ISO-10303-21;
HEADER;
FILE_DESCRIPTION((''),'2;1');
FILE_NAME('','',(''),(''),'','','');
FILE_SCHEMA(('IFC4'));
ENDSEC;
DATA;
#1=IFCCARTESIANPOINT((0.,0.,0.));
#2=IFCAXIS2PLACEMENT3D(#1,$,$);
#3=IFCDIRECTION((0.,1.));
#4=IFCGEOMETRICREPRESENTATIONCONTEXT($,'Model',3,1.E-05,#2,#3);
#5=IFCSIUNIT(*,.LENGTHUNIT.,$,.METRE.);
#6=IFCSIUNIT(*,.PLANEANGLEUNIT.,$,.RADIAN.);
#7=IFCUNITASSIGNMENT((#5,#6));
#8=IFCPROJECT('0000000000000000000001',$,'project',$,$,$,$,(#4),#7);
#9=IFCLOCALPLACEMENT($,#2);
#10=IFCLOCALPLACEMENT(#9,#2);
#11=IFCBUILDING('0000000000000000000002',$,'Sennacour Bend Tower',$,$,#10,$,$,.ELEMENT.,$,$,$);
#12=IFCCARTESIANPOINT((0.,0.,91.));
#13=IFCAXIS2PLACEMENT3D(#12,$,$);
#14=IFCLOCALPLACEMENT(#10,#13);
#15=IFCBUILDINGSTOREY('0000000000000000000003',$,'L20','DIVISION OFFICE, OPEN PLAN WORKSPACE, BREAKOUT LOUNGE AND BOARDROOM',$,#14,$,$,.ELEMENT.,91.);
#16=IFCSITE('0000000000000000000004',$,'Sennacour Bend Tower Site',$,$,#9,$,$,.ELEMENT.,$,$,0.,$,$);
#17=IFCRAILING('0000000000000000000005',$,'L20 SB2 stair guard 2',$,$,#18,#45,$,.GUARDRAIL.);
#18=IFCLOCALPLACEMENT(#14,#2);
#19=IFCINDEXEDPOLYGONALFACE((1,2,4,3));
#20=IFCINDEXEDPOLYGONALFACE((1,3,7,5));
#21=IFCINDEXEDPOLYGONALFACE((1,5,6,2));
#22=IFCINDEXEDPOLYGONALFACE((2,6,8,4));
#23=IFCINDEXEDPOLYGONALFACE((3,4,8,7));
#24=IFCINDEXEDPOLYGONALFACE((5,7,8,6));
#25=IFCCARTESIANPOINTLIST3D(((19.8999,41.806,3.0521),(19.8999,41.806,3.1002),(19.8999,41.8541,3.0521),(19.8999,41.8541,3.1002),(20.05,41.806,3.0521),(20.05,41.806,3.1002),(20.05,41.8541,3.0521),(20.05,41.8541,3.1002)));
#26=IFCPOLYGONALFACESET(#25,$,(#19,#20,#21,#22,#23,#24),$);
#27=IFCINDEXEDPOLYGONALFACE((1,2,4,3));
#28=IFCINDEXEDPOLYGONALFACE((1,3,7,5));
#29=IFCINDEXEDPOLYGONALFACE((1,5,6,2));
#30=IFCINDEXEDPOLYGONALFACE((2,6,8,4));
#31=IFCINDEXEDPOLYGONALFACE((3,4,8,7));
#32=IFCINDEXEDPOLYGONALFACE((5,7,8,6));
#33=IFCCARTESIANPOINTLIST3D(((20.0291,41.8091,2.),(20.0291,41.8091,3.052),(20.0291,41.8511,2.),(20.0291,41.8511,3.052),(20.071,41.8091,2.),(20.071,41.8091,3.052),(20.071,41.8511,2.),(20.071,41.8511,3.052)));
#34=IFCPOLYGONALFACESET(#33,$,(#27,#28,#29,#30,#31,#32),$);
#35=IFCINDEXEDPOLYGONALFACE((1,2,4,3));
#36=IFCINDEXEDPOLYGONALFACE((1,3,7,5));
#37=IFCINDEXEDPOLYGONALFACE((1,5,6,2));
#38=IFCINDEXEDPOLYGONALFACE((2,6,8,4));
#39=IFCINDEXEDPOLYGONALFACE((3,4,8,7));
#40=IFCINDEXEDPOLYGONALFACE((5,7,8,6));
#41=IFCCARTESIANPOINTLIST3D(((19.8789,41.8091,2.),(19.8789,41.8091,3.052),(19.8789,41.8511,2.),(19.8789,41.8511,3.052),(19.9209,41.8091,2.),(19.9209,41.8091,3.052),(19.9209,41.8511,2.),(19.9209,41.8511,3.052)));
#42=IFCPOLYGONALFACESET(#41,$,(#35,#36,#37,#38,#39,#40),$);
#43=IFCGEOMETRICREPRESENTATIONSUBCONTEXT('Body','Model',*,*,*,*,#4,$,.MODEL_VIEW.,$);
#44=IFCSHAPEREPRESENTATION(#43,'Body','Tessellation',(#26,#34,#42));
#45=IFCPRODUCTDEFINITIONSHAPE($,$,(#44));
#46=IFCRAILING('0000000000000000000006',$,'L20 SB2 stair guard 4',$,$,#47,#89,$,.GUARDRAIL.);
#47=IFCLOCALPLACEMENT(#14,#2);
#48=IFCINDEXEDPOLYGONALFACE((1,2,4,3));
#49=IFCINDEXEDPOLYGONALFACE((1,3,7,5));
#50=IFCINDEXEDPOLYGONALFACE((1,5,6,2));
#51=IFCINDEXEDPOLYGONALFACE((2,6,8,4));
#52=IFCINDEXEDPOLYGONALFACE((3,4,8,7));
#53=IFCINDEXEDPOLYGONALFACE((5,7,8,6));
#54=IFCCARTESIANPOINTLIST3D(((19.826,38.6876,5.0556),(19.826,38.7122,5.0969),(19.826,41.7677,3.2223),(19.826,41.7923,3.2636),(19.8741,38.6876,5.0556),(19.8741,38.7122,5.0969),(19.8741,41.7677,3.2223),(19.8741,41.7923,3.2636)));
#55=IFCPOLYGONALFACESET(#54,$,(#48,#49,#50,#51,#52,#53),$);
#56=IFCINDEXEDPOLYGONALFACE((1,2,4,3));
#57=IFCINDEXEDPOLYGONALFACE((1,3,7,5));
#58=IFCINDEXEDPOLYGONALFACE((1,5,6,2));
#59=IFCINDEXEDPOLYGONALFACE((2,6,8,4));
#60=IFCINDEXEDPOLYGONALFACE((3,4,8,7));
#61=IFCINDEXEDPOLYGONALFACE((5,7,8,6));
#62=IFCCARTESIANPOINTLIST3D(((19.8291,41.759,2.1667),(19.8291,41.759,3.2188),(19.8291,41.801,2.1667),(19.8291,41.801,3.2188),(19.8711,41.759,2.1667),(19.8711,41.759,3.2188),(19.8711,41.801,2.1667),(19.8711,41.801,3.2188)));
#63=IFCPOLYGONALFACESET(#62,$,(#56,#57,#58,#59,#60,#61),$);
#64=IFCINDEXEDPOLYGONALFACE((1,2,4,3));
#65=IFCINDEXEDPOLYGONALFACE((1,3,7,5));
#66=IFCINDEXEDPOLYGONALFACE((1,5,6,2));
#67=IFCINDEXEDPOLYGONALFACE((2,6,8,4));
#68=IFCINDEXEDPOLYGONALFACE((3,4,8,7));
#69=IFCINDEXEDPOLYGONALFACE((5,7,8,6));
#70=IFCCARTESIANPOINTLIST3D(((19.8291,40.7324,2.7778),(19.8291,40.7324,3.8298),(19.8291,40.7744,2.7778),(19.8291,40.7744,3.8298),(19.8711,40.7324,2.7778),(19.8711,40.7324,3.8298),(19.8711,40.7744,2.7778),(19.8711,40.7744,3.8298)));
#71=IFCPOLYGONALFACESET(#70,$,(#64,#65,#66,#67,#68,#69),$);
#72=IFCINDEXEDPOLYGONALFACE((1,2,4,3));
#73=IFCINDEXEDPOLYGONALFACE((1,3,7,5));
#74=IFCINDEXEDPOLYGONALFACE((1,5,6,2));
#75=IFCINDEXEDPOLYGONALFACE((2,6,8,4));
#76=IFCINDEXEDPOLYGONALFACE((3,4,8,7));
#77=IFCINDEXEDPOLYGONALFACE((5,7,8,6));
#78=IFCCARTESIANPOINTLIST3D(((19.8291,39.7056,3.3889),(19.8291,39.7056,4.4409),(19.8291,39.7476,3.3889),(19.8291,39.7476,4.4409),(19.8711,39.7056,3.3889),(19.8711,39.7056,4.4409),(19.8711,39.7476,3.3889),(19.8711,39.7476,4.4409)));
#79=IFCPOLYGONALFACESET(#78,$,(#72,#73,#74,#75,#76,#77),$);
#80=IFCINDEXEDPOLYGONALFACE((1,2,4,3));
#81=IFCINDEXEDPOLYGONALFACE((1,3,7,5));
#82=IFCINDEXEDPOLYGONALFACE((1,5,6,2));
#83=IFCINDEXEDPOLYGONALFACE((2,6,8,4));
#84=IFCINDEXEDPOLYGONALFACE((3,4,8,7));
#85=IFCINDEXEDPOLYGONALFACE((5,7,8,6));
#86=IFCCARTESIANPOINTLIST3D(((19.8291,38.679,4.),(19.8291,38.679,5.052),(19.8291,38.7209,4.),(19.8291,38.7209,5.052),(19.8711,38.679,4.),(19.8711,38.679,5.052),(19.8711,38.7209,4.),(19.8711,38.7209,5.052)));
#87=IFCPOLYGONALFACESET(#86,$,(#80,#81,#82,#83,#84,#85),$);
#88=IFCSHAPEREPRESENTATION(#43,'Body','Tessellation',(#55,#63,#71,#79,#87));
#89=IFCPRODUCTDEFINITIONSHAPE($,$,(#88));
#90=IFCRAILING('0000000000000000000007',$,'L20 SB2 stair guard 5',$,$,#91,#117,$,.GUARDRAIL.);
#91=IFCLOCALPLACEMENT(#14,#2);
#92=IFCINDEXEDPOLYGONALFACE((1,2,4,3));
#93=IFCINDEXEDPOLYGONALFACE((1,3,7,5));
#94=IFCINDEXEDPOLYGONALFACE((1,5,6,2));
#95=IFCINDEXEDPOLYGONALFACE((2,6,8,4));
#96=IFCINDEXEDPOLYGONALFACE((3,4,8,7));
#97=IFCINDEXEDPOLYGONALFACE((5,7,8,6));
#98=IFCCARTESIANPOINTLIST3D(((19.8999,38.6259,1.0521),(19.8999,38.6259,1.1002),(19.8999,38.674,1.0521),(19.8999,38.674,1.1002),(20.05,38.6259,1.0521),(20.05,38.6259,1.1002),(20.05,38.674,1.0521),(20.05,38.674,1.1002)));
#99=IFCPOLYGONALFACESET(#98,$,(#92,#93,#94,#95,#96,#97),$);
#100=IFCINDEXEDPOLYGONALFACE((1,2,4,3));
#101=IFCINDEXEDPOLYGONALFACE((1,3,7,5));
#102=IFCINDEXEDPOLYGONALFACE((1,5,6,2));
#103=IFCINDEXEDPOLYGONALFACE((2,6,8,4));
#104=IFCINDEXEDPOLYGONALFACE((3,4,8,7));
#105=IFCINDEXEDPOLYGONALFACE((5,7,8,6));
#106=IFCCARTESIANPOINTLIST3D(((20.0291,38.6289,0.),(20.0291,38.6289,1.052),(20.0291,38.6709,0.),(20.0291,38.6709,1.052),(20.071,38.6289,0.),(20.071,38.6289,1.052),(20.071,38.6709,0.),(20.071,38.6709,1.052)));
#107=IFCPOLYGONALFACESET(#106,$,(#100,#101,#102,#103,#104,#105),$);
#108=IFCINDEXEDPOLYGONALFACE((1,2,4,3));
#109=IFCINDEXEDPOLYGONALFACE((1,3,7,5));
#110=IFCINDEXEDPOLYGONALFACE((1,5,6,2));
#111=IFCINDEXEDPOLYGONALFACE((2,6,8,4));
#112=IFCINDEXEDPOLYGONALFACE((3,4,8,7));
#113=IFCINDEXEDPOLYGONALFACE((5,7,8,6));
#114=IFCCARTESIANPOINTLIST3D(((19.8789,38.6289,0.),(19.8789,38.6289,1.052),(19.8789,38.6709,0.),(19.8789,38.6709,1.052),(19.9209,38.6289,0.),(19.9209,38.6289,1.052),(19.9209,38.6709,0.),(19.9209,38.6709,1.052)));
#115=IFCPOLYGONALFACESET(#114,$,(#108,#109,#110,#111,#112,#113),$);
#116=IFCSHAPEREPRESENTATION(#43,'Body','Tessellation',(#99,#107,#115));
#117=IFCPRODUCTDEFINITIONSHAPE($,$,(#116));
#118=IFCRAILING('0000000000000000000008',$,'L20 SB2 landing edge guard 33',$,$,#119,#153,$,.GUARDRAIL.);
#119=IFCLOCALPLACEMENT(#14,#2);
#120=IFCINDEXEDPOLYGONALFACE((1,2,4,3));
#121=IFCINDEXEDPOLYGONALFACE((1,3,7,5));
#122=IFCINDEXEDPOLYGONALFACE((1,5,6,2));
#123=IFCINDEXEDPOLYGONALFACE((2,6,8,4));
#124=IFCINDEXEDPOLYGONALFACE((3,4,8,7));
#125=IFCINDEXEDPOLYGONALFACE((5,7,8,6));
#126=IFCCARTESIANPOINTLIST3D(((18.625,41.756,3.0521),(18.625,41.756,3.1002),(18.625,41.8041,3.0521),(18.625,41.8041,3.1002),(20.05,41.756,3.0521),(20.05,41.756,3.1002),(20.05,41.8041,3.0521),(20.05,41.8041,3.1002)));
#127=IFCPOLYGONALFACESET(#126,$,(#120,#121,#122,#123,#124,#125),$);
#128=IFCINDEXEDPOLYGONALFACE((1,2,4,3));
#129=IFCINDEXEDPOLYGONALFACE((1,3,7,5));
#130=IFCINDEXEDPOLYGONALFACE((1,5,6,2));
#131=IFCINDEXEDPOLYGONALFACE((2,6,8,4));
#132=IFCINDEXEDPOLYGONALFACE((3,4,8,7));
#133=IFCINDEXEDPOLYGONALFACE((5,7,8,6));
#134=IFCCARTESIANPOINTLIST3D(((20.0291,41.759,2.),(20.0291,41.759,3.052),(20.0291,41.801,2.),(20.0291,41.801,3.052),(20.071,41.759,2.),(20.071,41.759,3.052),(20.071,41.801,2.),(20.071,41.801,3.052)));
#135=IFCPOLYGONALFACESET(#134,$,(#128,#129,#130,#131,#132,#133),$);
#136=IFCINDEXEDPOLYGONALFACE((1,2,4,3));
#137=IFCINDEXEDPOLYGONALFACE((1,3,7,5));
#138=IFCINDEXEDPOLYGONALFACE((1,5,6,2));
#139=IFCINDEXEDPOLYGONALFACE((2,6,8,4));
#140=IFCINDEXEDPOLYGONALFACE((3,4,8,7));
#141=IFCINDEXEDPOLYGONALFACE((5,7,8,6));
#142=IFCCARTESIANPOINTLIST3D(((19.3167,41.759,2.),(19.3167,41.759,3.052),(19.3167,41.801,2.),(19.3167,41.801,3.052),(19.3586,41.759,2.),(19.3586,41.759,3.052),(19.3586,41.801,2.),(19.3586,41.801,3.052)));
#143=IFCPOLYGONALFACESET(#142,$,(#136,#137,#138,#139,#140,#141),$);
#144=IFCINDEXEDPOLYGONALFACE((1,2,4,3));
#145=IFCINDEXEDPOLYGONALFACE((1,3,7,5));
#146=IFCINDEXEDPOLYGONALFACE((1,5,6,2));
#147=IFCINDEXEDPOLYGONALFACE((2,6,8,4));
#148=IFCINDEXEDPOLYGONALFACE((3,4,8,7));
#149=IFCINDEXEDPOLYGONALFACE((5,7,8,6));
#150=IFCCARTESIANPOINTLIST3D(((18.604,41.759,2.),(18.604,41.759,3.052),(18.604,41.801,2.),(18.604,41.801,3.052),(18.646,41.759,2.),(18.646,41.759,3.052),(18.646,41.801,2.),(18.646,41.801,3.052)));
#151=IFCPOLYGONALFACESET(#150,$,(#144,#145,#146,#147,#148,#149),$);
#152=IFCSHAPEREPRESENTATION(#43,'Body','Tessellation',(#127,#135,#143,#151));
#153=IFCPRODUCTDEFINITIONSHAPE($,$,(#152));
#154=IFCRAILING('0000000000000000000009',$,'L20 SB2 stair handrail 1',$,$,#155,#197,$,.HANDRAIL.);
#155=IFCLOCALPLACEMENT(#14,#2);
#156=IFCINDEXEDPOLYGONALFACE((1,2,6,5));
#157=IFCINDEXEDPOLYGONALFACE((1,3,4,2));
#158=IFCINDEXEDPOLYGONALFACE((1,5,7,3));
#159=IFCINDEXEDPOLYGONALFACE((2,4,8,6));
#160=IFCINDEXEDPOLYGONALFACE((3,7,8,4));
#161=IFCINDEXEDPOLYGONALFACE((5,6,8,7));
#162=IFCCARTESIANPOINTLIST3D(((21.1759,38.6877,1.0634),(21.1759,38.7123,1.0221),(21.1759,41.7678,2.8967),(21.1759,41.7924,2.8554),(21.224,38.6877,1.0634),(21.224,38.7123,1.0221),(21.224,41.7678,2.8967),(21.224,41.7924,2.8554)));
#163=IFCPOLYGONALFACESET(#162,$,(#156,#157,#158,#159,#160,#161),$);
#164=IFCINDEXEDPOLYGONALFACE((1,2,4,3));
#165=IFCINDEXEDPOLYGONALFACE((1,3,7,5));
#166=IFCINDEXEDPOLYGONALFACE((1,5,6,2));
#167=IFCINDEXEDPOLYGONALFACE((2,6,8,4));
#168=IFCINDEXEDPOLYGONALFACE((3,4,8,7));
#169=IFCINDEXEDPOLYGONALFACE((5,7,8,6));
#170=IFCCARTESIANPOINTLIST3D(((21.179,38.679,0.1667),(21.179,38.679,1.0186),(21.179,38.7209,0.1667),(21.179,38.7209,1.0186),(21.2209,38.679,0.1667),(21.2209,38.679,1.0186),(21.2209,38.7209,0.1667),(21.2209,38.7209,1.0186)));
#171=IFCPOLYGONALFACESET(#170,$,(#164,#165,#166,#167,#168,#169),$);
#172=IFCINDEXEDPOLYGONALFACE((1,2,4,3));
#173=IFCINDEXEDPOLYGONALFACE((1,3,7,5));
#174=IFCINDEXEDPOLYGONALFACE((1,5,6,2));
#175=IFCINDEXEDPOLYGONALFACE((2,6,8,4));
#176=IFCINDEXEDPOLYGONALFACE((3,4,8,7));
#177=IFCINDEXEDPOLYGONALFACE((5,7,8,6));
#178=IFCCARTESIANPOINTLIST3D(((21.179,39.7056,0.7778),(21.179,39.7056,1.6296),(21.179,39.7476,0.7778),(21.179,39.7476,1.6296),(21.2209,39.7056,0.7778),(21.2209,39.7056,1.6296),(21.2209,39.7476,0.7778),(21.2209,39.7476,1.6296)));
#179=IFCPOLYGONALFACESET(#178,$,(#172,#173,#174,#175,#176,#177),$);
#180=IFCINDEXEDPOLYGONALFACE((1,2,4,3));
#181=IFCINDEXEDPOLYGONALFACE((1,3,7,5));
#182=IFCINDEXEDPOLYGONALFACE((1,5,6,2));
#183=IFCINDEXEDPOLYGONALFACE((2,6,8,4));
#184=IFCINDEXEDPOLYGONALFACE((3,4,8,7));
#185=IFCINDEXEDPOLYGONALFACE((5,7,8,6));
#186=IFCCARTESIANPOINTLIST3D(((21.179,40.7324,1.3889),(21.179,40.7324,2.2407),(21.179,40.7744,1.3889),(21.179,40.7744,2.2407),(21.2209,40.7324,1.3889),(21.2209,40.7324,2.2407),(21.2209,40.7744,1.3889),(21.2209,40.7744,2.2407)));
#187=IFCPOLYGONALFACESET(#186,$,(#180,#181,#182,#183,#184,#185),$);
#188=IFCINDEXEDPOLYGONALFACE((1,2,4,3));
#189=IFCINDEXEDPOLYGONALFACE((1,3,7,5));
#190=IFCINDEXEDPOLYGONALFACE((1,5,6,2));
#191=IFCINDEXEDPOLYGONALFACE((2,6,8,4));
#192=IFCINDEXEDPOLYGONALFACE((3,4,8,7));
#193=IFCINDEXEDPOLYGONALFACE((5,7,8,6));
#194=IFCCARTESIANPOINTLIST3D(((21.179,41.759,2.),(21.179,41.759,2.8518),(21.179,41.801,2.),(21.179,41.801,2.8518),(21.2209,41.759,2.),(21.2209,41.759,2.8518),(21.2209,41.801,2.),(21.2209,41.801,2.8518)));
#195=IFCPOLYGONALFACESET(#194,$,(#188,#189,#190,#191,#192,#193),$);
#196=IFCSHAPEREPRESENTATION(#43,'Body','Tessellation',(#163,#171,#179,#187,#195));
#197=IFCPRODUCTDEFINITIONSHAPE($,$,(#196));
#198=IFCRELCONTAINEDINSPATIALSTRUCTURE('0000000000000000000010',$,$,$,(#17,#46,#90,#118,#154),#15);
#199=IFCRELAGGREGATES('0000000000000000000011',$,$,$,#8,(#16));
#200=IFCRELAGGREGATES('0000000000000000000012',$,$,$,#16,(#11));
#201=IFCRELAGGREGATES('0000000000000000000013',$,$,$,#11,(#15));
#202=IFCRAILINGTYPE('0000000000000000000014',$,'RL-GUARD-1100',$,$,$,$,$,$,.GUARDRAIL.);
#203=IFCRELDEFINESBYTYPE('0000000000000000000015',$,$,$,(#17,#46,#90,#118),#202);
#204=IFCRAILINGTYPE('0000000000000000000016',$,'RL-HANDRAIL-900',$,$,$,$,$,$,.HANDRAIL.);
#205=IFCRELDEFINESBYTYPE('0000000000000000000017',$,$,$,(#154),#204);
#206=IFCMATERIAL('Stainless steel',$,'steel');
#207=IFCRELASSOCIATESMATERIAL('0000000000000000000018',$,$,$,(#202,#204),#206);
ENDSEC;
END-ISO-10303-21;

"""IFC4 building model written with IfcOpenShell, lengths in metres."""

from ifc_helpers import new_model, si_unit, direction, frame, origin, origin_2d, place, context, subcontext, project, spatial, rectangle, extrude, material, type_object, element, save


model = new_model("IFC4")

# Units and contexts
model_context = context("Model", 3, precision=1e-05, world=origin(), true_north=direction((0.0, 1.0)))
body_context = subcontext(model_context, "Body", "Model", "MODEL_VIEW")
ifc_project = project(units=[si_unit("LENGTHUNIT", "METRE"), si_unit("PLANEANGLEUNIT", "RADIAN")], contexts=[model_context])

# Site, building, storey
site_placement = place(None, origin())
site = spatial("IfcSite", under=ifc_project, at=site_placement, Name="Sennacour Bend Tower Site", CompositionType="ELEMENT", RefElevation=0.0)
building_placement = place(site_placement, origin())
building = spatial("IfcBuilding", under=site, at=building_placement, Name="Sennacour Bend Tower", CompositionType="ELEMENT")
storey_placement = place(building_placement, frame((0.0, 0.0, 91.0)))
storey = spatial("IfcBuildingStorey", under=building, at=storey_placement, Name="L20", Description="DIVISION OFFICE, OPEN PLAN WORKSPACE, BREAKOUT LOUNGE AND BOARDROOM", CompositionType="ELEMENT", Elevation=91.0)

# Shared definitions
ifc_material_1 = material(Name="Stainless steel", Category="steel")

# Railings
railing_type_1 = type_object("IfcRailingType", Name="RL-GUARD-1100", PredefinedType="GUARDRAIL", material=ifc_material_1)
railing_1_placement = place(storey_placement, frame((20.05, 41.8301, 2.0)))
element("IfcRailing", 1, at=railing_1_placement, inside=storey, type_object=railing_type_1, Name="L20 SB2 stair guard 2", PredefinedType="GUARDRAIL", context=body_context, shape_type="SweptSolid", body=[
    extrude(rectangle(XDim=0.0481, YDim=0.0481, at=origin_2d()), frame((0.0, 0.0, 1.0762), z_axis=(-1.0, 0.0, 0.0), x_axis=(0.0, -1.0, 0.0)), (0.0, 0.0, 1.0), 0.1501),
    extrude(rectangle(XDim=0.042, YDim=0.042, at=origin_2d()), origin(), (0.0, 0.0, 1.0), 1.052),
    extrude(rectangle(XDim=0.042, YDim=0.042, at=origin_2d()), frame((-0.1501, 0.0, 0.0)), (0.0, 0.0, 1.0), 1.052),
])
railing_2_placement = place(storey_placement, frame((19.8501, 41.78, 2.1667)))
element("IfcRailing", 2, at=railing_2_placement, inside=storey, type_object=railing_type_1, Name="L20 SB2 stair guard 4", PredefinedType="GUARDRAIL", context=body_context, shape_type="SweptSolid", body=[
    extrude(rectangle(XDim=0.0481, YDim=0.0481, at=origin_2d()), frame((0.0, 0.0, 1.0762), z_axis=(0.0, -0.859309, 0.511458), x_axis=(1.0, 0.0, 0.0)), (0.0, 0.0, 1.0), 3.5845),
    extrude(rectangle(XDim=0.042, YDim=0.042, at=origin_2d()), origin(), (0.0, 0.0, 1.0), 1.052),
    extrude(rectangle(XDim=0.042, YDim=0.042, at=origin_2d()), frame((0.0, -1.0266, 0.6111)), (0.0, 0.0, 1.0), 1.052),
    extrude(rectangle(XDim=0.042, YDim=0.042, at=origin_2d()), frame((0.0, -2.0535, 1.2222)), (0.0, 0.0, 1.0), 1.052),
    extrude(rectangle(XDim=0.042, YDim=0.042, at=origin_2d()), frame((0.0, -3.0801, 1.8333)), (0.0, 0.0, 1.0), 1.052),
])
railing_3_placement = place(storey_placement, frame((20.05, 38.6499, 0.0)))
element("IfcRailing", 3, at=railing_3_placement, inside=storey, type_object=railing_type_1, Name="L20 SB2 stair guard 5", PredefinedType="GUARDRAIL", context=body_context, shape_type="SweptSolid", body=[
    extrude(rectangle(XDim=0.0481, YDim=0.0481, at=origin_2d()), frame((0.0, 0.0, 1.0762), z_axis=(-1.0, 0.0, 0.0), x_axis=(0.0, -1.0, 0.0)), (0.0, 0.0, 1.0), 0.1501),
    extrude(rectangle(XDim=0.042, YDim=0.042, at=origin_2d()), origin(), (0.0, 0.0, 1.0), 1.052),
    extrude(rectangle(XDim=0.042, YDim=0.042, at=origin_2d()), frame((-0.1501, 0.0, 0.0)), (0.0, 0.0, 1.0), 1.052),
])
railing_4_placement = place(storey_placement, frame((20.05, 41.78, 2.0)))
element("IfcRailing", 4, at=railing_4_placement, inside=storey, type_object=railing_type_1, Name="L20 SB2 landing edge guard 33", PredefinedType="GUARDRAIL", context=body_context, shape_type="SweptSolid", body=[
    extrude(rectangle(XDim=0.0481, YDim=0.0481, at=origin_2d()), frame((0.0, 0.0, 1.0762), z_axis=(-1.0, 0.0, 0.0), x_axis=(0.0, -1.0, 0.0)), (0.0, 0.0, 1.0), 1.425),
    extrude(rectangle(XDim=0.042, YDim=0.042, at=origin_2d()), origin(), (0.0, 0.0, 1.0), 1.052),
    extrude(rectangle(XDim=0.042, YDim=0.042, at=origin_2d()), frame((-0.7124, 0.0, 0.0)), (0.0, 0.0, 1.0), 1.052),
    extrude(rectangle(XDim=0.042, YDim=0.042, at=origin_2d()), frame((-1.425, 0.0, 0.0)), (0.0, 0.0, 1.0), 1.052),
])
railing_type_2 = type_object("IfcRailingType", Name="RL-HANDRAIL-900", PredefinedType="HANDRAIL", material=ifc_material_1)
railing_5_placement = place(storey_placement, frame((21.2, 38.7, 0.1667)))
element("IfcRailing", 5, at=railing_5_placement, inside=storey, type_object=railing_type_2, Name="L20 SB2 stair handrail 1", PredefinedType="HANDRAIL", context=body_context, shape_type="SweptSolid", body=[
    extrude(rectangle(XDim=0.0481, YDim=0.0481, at=origin_2d()), frame((0.0, 0.0, 0.876), z_axis=(0.0, 0.859309, 0.511458), x_axis=(-1.0, 0.0, 0.0)), (0.0, 0.0, 1.0), 3.5845),
    extrude(rectangle(XDim=0.042, YDim=0.042, at=origin_2d()), origin(), (0.0, 0.0, 1.0), 0.8518),
    extrude(rectangle(XDim=0.042, YDim=0.042, at=origin_2d()), frame((0.0, 1.0266, 0.6111)), (0.0, 0.0, 1.0), 0.8518),
    extrude(rectangle(XDim=0.042, YDim=0.042, at=origin_2d()), frame((0.0, 2.0535, 1.2222)), (0.0, 0.0, 1.0), 0.8518),
    extrude(rectangle(XDim=0.042, YDim=0.042, at=origin_2d()), frame((0.0, 3.0801, 1.8333)), (0.0, 0.0, 1.0), 0.8518),
])

save(model, "model.ifc")
